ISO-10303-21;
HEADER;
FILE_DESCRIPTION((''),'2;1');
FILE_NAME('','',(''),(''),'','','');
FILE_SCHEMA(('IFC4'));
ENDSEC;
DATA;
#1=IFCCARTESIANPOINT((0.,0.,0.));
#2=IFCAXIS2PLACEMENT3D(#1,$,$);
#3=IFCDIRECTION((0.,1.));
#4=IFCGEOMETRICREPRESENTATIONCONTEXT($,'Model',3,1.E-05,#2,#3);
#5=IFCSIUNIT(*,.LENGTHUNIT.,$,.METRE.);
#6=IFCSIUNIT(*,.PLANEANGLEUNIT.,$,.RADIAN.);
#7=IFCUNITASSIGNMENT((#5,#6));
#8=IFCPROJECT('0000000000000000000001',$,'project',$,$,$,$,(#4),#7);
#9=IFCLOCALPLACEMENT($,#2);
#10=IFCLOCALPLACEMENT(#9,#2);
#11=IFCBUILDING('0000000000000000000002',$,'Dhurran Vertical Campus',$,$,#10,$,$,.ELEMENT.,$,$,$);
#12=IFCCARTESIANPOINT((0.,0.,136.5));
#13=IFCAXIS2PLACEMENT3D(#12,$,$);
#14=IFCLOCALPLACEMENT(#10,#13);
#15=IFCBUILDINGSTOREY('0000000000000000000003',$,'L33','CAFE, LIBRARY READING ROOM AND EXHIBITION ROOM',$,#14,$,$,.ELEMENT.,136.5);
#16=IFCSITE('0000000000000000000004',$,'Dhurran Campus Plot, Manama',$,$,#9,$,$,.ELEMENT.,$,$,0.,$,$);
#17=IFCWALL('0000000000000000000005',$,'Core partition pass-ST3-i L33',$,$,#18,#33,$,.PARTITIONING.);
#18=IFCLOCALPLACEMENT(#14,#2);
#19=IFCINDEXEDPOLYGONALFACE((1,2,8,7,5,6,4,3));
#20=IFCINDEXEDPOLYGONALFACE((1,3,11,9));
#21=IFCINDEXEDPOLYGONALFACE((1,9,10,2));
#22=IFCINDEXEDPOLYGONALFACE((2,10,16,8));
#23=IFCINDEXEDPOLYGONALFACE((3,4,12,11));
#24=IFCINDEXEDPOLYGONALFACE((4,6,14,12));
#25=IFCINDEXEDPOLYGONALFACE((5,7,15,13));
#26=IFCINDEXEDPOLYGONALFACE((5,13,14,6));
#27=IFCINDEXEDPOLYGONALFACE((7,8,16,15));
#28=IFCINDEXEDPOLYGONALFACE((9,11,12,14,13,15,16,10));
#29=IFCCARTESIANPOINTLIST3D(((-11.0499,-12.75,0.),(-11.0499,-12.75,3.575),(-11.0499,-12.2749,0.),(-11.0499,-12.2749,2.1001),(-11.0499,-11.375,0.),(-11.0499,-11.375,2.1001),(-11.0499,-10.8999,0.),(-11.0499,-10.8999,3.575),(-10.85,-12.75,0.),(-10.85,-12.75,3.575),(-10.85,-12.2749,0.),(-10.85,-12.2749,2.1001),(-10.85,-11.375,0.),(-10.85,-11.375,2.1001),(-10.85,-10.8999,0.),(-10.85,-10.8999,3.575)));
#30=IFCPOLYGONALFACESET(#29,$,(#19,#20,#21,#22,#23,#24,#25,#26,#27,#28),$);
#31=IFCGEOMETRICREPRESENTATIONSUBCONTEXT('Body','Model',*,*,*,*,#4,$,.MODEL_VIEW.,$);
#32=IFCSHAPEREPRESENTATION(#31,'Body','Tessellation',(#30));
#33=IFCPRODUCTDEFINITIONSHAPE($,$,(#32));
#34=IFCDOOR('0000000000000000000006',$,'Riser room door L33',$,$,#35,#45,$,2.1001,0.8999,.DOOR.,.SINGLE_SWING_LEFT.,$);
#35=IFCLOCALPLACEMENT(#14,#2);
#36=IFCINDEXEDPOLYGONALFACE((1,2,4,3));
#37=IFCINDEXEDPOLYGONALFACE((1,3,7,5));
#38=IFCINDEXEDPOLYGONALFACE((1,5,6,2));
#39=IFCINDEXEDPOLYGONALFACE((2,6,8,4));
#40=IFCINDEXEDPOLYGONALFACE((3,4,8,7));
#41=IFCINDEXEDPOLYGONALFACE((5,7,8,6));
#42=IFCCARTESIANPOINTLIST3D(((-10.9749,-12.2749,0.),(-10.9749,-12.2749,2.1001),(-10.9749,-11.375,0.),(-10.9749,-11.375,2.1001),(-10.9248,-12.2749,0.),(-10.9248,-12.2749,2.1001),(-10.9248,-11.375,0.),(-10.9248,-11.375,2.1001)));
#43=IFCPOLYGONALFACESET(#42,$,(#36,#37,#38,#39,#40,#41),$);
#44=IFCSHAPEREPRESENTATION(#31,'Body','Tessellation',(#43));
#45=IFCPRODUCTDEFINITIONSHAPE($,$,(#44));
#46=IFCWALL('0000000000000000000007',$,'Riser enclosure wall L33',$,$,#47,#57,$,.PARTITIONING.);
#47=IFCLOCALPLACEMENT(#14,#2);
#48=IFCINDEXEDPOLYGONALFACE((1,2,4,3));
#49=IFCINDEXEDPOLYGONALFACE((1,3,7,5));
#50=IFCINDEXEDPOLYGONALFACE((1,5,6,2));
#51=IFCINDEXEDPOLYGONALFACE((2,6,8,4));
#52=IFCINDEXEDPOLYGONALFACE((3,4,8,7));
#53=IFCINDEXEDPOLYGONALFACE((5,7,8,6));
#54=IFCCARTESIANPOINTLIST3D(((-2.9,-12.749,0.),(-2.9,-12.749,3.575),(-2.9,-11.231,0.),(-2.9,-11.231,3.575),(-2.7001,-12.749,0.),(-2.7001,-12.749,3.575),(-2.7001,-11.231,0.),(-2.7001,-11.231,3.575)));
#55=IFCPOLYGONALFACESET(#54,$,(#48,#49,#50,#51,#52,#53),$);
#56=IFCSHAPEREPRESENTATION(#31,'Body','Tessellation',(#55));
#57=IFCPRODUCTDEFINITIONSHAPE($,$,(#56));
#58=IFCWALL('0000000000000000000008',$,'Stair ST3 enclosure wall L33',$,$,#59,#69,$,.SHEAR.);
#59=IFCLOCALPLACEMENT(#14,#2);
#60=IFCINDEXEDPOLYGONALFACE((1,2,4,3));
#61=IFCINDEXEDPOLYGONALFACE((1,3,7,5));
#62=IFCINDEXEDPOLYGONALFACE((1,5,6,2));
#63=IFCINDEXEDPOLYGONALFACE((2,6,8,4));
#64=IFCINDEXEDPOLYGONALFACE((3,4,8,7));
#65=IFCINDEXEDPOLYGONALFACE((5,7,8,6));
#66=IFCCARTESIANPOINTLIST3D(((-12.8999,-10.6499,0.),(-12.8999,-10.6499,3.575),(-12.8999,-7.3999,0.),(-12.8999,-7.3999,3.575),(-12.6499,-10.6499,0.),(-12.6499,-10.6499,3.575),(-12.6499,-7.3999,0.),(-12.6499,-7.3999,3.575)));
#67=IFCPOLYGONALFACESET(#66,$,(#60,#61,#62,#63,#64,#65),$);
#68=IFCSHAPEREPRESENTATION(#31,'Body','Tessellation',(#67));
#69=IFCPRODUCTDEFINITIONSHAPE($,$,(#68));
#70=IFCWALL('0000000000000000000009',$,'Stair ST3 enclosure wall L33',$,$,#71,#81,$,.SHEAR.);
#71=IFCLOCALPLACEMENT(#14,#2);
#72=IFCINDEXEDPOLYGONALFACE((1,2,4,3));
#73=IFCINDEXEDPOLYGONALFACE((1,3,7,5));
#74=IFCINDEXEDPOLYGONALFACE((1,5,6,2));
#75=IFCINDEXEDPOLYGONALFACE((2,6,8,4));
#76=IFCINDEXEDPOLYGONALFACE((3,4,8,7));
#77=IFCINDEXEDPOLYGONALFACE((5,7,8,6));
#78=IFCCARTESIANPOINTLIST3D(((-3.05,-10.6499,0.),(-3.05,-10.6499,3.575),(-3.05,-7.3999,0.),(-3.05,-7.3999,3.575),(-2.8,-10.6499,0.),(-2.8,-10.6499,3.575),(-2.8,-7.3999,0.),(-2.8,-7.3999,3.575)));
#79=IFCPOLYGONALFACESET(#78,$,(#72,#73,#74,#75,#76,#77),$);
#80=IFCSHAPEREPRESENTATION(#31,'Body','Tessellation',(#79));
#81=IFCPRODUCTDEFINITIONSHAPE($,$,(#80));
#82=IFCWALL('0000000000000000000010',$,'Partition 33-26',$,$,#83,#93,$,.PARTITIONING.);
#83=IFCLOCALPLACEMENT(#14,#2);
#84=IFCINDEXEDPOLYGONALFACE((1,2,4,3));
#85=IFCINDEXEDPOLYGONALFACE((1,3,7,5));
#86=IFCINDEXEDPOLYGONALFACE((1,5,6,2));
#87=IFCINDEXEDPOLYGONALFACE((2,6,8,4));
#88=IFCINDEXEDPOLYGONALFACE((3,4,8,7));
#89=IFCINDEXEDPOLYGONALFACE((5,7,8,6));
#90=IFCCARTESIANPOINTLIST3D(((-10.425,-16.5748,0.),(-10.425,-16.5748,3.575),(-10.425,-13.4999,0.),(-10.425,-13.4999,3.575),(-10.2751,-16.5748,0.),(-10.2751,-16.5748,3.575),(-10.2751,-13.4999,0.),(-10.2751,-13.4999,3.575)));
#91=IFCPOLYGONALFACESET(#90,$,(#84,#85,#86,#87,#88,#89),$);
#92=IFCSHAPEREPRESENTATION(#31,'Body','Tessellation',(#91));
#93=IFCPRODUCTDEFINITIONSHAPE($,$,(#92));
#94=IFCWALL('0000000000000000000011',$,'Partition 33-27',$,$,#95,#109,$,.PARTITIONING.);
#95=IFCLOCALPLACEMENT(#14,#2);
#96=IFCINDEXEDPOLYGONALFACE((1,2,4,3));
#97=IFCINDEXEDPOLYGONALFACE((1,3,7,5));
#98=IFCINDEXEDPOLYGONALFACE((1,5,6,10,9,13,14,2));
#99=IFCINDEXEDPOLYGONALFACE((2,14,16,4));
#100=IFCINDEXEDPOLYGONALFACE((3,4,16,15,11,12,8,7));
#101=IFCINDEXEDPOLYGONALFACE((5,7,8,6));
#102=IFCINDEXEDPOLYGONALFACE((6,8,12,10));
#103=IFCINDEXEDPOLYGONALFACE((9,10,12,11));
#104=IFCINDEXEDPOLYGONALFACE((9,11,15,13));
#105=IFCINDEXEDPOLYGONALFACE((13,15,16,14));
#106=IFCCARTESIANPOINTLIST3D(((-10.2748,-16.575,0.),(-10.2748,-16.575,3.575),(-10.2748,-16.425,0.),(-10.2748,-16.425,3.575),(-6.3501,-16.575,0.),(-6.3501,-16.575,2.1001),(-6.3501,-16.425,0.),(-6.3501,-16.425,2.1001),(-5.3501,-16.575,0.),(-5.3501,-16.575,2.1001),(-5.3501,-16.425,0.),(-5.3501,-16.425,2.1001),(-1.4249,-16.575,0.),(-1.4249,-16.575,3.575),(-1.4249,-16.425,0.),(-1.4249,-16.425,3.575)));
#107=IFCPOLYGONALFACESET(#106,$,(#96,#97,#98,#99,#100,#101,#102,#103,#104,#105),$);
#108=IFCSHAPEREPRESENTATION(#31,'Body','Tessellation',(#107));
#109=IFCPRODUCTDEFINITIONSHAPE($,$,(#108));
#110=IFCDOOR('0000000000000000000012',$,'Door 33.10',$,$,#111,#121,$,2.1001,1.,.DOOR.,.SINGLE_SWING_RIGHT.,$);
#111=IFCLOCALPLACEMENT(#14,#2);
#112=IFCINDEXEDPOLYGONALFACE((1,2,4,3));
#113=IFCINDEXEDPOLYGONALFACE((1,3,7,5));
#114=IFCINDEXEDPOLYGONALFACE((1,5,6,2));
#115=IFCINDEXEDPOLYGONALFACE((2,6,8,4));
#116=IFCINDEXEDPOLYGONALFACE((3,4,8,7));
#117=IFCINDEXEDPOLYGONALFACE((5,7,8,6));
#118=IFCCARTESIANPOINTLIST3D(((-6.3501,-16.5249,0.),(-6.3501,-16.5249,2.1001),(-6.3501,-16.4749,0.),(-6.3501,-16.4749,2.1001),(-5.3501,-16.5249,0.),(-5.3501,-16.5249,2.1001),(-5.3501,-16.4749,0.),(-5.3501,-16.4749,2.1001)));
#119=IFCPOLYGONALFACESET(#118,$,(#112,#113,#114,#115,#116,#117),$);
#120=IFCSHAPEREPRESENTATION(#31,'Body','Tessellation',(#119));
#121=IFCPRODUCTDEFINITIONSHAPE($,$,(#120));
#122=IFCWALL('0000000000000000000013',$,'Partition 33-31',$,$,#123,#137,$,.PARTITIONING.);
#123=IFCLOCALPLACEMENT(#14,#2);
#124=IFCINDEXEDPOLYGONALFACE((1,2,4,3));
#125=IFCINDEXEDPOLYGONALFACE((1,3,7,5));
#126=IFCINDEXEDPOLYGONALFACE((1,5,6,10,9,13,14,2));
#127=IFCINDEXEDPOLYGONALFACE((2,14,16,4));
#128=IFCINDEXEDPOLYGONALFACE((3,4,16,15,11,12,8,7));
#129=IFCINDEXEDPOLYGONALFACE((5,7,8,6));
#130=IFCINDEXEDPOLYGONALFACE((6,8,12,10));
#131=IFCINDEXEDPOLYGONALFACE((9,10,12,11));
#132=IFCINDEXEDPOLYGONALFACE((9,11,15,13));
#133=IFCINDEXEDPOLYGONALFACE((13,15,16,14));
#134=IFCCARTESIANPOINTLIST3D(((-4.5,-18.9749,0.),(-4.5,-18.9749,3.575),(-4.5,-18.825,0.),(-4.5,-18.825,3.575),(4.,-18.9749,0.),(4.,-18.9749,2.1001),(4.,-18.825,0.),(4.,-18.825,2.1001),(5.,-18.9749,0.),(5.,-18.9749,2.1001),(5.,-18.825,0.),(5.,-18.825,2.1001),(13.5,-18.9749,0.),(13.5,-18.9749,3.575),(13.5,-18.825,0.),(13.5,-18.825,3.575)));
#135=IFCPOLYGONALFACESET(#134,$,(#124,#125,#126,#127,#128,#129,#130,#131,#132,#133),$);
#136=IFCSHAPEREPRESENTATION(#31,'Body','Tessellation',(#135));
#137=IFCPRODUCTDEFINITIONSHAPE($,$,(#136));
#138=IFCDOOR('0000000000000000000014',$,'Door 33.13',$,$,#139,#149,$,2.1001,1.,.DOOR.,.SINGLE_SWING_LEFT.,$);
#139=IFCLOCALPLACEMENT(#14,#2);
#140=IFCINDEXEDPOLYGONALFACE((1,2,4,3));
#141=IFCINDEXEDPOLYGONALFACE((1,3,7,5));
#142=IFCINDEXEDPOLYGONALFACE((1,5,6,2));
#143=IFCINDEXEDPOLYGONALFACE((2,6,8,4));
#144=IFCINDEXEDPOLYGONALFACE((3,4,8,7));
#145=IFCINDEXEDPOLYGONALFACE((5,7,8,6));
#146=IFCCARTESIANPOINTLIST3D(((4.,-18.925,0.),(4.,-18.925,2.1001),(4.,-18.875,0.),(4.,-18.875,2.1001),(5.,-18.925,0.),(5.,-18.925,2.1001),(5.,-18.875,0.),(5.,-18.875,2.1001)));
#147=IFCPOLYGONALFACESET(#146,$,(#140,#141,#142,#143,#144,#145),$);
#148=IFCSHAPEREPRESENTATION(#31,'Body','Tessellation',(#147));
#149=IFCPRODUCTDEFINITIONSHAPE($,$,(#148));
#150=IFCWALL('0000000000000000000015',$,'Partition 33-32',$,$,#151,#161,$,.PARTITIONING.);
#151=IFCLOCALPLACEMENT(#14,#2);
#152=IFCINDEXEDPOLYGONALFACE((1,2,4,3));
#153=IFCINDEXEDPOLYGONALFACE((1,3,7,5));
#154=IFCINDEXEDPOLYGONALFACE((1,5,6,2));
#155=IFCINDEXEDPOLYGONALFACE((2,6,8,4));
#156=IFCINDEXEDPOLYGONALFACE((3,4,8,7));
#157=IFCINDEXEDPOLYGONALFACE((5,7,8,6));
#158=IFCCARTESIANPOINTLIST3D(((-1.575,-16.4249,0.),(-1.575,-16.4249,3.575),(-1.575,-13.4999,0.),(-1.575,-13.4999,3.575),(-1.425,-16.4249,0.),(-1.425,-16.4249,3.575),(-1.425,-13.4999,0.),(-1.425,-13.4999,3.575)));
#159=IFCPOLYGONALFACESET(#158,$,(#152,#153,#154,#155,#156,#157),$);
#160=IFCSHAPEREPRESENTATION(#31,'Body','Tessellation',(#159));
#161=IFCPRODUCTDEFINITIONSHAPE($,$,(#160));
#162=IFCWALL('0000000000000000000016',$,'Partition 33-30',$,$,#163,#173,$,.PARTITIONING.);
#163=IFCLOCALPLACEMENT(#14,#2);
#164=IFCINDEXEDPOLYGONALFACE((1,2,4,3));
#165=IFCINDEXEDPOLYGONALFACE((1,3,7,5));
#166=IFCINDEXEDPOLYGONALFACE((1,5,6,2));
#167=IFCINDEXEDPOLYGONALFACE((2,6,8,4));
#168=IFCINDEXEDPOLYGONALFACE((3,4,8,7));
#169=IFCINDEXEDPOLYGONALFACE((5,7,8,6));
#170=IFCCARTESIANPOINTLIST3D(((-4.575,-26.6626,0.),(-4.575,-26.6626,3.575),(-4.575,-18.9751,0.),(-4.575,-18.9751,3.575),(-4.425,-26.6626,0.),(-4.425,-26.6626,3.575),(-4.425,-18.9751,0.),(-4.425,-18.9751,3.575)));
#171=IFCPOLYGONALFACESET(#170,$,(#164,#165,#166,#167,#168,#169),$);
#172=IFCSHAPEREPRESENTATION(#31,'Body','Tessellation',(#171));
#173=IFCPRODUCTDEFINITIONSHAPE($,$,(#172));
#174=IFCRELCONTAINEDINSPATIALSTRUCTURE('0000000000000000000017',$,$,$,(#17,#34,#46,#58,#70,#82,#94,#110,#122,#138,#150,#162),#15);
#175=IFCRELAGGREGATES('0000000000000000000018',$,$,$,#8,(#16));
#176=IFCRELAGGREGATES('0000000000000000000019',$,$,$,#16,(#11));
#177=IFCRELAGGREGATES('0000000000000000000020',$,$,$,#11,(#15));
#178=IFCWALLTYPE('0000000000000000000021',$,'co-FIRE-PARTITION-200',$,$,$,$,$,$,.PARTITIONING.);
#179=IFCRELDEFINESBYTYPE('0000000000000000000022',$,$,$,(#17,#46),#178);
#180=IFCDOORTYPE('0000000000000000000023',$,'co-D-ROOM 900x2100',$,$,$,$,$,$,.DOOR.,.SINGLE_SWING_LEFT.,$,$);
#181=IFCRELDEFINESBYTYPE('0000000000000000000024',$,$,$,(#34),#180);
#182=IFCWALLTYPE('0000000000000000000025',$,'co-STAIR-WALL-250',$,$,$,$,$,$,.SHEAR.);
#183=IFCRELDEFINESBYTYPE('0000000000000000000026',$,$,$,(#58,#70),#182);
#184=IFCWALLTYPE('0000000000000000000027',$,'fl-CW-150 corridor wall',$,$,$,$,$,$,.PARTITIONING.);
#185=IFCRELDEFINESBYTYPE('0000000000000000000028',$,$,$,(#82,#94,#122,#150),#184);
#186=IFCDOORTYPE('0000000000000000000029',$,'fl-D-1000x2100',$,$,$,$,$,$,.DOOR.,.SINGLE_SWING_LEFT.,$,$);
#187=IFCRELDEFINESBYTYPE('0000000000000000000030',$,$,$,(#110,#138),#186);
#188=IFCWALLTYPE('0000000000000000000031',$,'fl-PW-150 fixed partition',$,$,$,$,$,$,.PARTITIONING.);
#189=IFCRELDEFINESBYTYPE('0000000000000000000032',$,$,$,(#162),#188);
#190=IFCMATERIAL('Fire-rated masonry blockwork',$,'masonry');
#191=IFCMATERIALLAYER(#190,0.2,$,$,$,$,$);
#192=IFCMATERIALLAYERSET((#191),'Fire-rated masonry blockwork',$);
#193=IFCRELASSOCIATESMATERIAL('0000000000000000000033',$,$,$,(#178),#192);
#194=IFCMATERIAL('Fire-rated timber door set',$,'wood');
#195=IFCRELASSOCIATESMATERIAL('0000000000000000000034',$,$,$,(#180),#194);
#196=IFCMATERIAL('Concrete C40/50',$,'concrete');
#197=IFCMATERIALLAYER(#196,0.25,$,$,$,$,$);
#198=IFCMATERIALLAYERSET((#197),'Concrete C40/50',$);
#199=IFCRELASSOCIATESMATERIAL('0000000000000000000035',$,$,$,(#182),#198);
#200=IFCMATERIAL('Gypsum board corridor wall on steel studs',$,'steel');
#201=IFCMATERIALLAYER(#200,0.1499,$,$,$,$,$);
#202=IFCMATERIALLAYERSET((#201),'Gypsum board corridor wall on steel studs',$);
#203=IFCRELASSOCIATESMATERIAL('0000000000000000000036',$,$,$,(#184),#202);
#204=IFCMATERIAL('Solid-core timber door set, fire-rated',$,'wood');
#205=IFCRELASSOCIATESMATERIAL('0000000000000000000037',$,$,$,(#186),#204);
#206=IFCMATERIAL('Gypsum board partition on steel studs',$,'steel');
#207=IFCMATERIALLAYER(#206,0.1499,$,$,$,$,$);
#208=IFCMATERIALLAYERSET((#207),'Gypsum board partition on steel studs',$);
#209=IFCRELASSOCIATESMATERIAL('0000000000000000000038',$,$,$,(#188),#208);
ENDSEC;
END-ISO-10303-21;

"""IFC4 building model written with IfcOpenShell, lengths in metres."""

from ifc_helpers import new_model, si_unit, direction, frame, frame_2d, origin, place, context, subcontext, project, spatial, rectangle, extrude, material, layer, layer_set, type_object, element, fill, save


model = new_model("IFC4")

# Units and contexts
model_context = context("Model", 3, precision=1e-05, world=origin(), true_north=direction((0.0, 1.0)))
body_context = subcontext(model_context, "Body", "Model", "MODEL_VIEW")
ifc_project = project(units=[si_unit("LENGTHUNIT", "METRE"), si_unit("PLANEANGLEUNIT", "RADIAN")], contexts=[model_context])

# Site, building, storey
site_placement = place(None, origin())
site = spatial("IfcSite", under=ifc_project, at=site_placement, Name="Dhurran Campus Plot, Manama", CompositionType="ELEMENT", RefElevation=0.0)
building_placement = place(site_placement, origin())
building = spatial("IfcBuilding", under=site, at=building_placement, Name="Dhurran Vertical Campus", CompositionType="ELEMENT")
storey_placement = place(building_placement, frame((0.0, 0.0, 136.5)))
storey = spatial("IfcBuildingStorey", under=building, at=storey_placement, Name="L33", Description="CAFE, LIBRARY READING ROOM AND EXHIBITION ROOM", CompositionType="ELEMENT", Elevation=136.5)

# Shared definitions
ifc_material_1 = material(Name="Fire-rated masonry blockwork", Category="masonry")
ifc_layer_1 = layer(ifc_material_1, 0.2)
ifc_layer_set_1 = layer_set([ifc_layer_1], Name="Fire-rated masonry blockwork")
wall_type_1 = type_object("IfcWallType", Name="co-FIRE-PARTITION-200", PredefinedType="PARTITIONING", material=ifc_layer_set_1)

# Shared definitions
ifc_material_2 = material(Name="Fire-rated timber door set", Category="wood")
door_type_1 = type_object("IfcDoorType", Name="co-D-ROOM 900x2100", OperationType="SINGLE_SWING_LEFT", PredefinedType="DOOR", material=ifc_material_2)

# Wall, opening, door
wall_1_placement = place(storey_placement, frame((-10.95, -12.75, 0.0), z_axis=(0.0, 0.0, 1.0), x_axis=(0.0, 1.0, 0.0)))
wall_1 = element("IfcWall", 1, at=wall_1_placement, inside=storey, type_object=wall_type_1, Name="Core partition pass-ST3-i L33", PredefinedType="PARTITIONING", context=body_context, shape_type="SweptSolid", body=[
    extrude(rectangle(XDim=1.8501, YDim=0.2, at=frame_2d((0.925, 0.0))), origin(), (0.0, 0.0, 1.0), 3.575),
])
opening_1_placement = place(wall_1_placement, frame((0.4751, 0.0, 0.0)))
opening_1 = element("IfcOpeningElement", 2, at=opening_1_placement, cuts=wall_1, PredefinedType="OPENING", context=body_context, shape_type="SweptSolid", body=[
    extrude(rectangle(XDim=0.8999, YDim=2.1001, at=frame_2d((0.45, 1.05))), frame((0.0, 0.1099, 0.0), z_axis=(0.0, -1.0, 0.0), x_axis=(1.0, 0.0, 0.0)), (0.0, 0.0, 1.0), 0.22),
])
door_1_placement = place(opening_1_placement, origin())
door_1 = element("IfcDoor", 3, at=door_1_placement, inside=storey, type_object=door_type_1, Name="Riser room door L33", OperationType="SINGLE_SWING_LEFT", OverallHeight=2.1001, OverallWidth=0.8999, PredefinedType="DOOR", context=body_context, shape_type="SweptSolid", body=[
    extrude(rectangle(XDim=0.8999, YDim=2.1001, at=frame_2d((0.45, 1.05))), frame((0.0, 0.0249, 0.0), z_axis=(0.0, -1.0, 0.0), x_axis=(1.0, 0.0, 0.0)), (0.0, 0.0, 1.0), 0.05),
])
fill(opening_1, door_1)

# Walls
wall_2_placement = place(storey_placement, frame((-2.8, -12.749, 0.0), z_axis=(0.0, 0.0, 1.0), x_axis=(0.0, 1.0, 0.0)))
element("IfcWall", 4, at=wall_2_placement, inside=storey, type_object=wall_type_1, Name="Riser enclosure wall L33", PredefinedType="PARTITIONING", context=body_context, shape_type="SweptSolid", body=[
    extrude(rectangle(XDim=1.5181, YDim=0.2, at=frame_2d((0.759, 0.0))), origin(), (0.0, 0.0, 1.0), 3.575),
])
ifc_material_3 = material(Name="Concrete C40/50", Category="concrete")
ifc_layer_2 = layer(ifc_material_3, 0.25)
ifc_layer_set_2 = layer_set([ifc_layer_2], Name="Concrete C40/50")
wall_type_2 = type_object("IfcWallType", Name="co-STAIR-WALL-250", PredefinedType="SHEAR", material=ifc_layer_set_2)
for number, where, z_axis, x_axis, name in (
    (5, (-12.7749, -10.6499, 0.0), (0.0, 0.0, 1.0), (0.0, 1.0, 0.0), "Stair ST3 enclosure wall L33"),
    (6, (-2.925, -10.6499, 0.0), (0.0, 0.0, 1.0), (0.0, 1.0, 0.0), "Stair ST3 enclosure wall L33"),
):
    element("IfcWall", number, at=place(storey_placement, frame(where, z_axis=z_axis, x_axis=x_axis)), inside=storey, type_object=wall_type_2, Name=name, PredefinedType="SHEAR", context=body_context, shape_type="SweptSolid", body=[
        extrude(rectangle(XDim=3.25, YDim=0.25, at=frame_2d((1.625, 0.0))), origin(), (0.0, 0.0, 1.0), 3.575),
    ])
ifc_material_4 = material(Name="Gypsum board corridor wall on steel studs", Category="steel")
ifc_layer_3 = layer(ifc_material_4, 0.1499)
ifc_layer_set_3 = layer_set([ifc_layer_3], Name="Gypsum board corridor wall on steel studs")
wall_type_3 = type_object("IfcWallType", Name="fl-CW-150 corridor wall", PredefinedType="PARTITIONING", material=ifc_layer_set_3)
wall_3_placement = place(storey_placement, frame((-10.3501, -16.575, 0.0), z_axis=(0.0, 0.0, 1.0), x_axis=(0.0, 1.0, 0.0)))
element("IfcWall", 7, at=wall_3_placement, inside=storey, type_object=wall_type_3, Name="Partition 33-26", PredefinedType="PARTITIONING", context=body_context, shape_type="SweptSolid", body=[
    extrude(rectangle(XDim=3.075, YDim=0.1499, at=frame_2d((1.5376, 0.0))), origin(), (0.0, 0.0, 1.0), 3.575),
])

# Walls, openings, doors
wall_4_placement = place(storey_placement, frame((-1.425, -16.5, 0.0), z_axis=(0.0, 0.0, 1.0), x_axis=(-1.0, 0.0, 0.0)))
wall_4 = element("IfcWall", 8, at=wall_4_placement, inside=storey, type_object=wall_type_3, Name="Partition 33-27", PredefinedType="PARTITIONING", context=body_context, shape_type="SweptSolid", body=[
    extrude(rectangle(XDim=8.8499, YDim=0.1499, at=frame_2d((4.4248, 0.0))), origin(), (0.0, 0.0, 1.0), 3.575),
])
opening_2_placement = place(wall_4_placement, frame((3.925, 0.0, 0.0)))
opening_2 = element("IfcOpeningElement", 9, at=opening_2_placement, cuts=wall_4, PredefinedType="OPENING", context=body_context, shape_type="SweptSolid", body=[
    extrude(rectangle(XDim=1.0, YDim=2.1001, at=frame_2d((0.5, 1.05))), frame((0.0, 0.085, 0.0), z_axis=(0.0, -1.0, 0.0), x_axis=(1.0, 0.0, 0.0)), (0.0, 0.0, 1.0), 0.1699),
])
ifc_material_5 = material(Name="Solid-core timber door set, fire-rated", Category="wood")
door_type_2 = type_object("IfcDoorType", Name="fl-D-1000x2100", OperationType="SINGLE_SWING_LEFT", PredefinedType="DOOR", material=ifc_material_5)
door_2_placement = place(opening_2_placement, origin())
door_2 = element("IfcDoor", 10, at=door_2_placement, inside=storey, type_object=door_type_2, Name="Door 33.10", OperationType="SINGLE_SWING_RIGHT", OverallHeight=2.1001, OverallWidth=1.0, PredefinedType="DOOR", context=body_context, shape_type="SweptSolid", body=[
    extrude(rectangle(XDim=1.0, YDim=2.1001, at=frame_2d((0.5, 1.05))), frame((0.0, 0.0249, 0.0), z_axis=(0.0, -1.0, 0.0), x_axis=(1.0, 0.0, 0.0)), (0.0, 0.0, 1.0), 0.05),
])
fill(opening_2, door_2)
wall_5_placement = place(storey_placement, frame((-4.5, -18.8999, 0.0), z_axis=(0.0, 0.0, 1.0), x_axis=(1.0, 0.0, 0.0)))
wall_5 = element("IfcWall", 11, at=wall_5_placement, inside=storey, type_object=wall_type_3, Name="Partition 33-31", PredefinedType="PARTITIONING", context=body_context, shape_type="SweptSolid", body=[
    extrude(rectangle(XDim=18.0, YDim=0.1499, at=frame_2d((9.0, 0.0))), origin(), (0.0, 0.0, 1.0), 3.575),
])
opening_3_placement = place(wall_5_placement, frame((8.5, 0.0, 0.0)))
opening_3 = element("IfcOpeningElement", 12, at=opening_3_placement, cuts=wall_5, PredefinedType="OPENING", context=body_context, shape_type="SweptSolid", body=[
    extrude(rectangle(XDim=1.0, YDim=2.1001, at=frame_2d((0.5, 1.05))), frame((0.0, 0.085, 0.0), z_axis=(0.0, -1.0, 0.0), x_axis=(1.0, 0.0, 0.0)), (0.0, 0.0, 1.0), 0.1699),
])
door_3_placement = place(opening_3_placement, origin())
door_3 = element("IfcDoor", 13, at=door_3_placement, inside=storey, type_object=door_type_2, Name="Door 33.13", OperationType="SINGLE_SWING_LEFT", OverallHeight=2.1001, OverallWidth=1.0, PredefinedType="DOOR", context=body_context, shape_type="SweptSolid", body=[
    extrude(rectangle(XDim=1.0, YDim=2.1001, at=frame_2d((0.5, 1.05))), frame((0.0, 0.0249, 0.0), z_axis=(0.0, -1.0, 0.0), x_axis=(1.0, 0.0, 0.0)), (0.0, 0.0, 1.0), 0.05),
])
fill(opening_3, door_3)

# Walls
wall_6_placement = place(storey_placement, frame((-1.5, -13.5, 0.0), z_axis=(0.0, 0.0, 1.0), x_axis=(0.0, -1.0, 0.0)))
element("IfcWall", 14, at=wall_6_placement, inside=storey, type_object=wall_type_3, Name="Partition 33-32", PredefinedType="PARTITIONING", context=body_context, shape_type="SweptSolid", body=[
    extrude(rectangle(XDim=2.925, YDim=0.1499, at=frame_2d((1.4624, 0.0))), origin(), (0.0, 0.0, 1.0), 3.575),
])
ifc_material_6 = material(Name="Gypsum board partition on steel studs", Category="steel")
ifc_layer_4 = layer(ifc_material_6, 0.1499)
ifc_layer_set_4 = layer_set([ifc_layer_4], Name="Gypsum board partition on steel studs")
wall_type_4 = type_object("IfcWallType", Name="fl-PW-150 fixed partition", PredefinedType="PARTITIONING", material=ifc_layer_set_4)
wall_7_placement = place(storey_placement, frame((-4.5, -18.9751, 0.0), z_axis=(0.0, 0.0, 1.0), x_axis=(0.0, -1.0, 0.0)))
element("IfcWall", 15, at=wall_7_placement, inside=storey, type_object=wall_type_4, Name="Partition 33-30", PredefinedType="PARTITIONING", context=body_context, shape_type="SweptSolid", body=[
    extrude(rectangle(XDim=7.6875, YDim=0.1499, at=frame_2d((3.8438, 0.0))), origin(), (0.0, 0.0, 1.0), 3.575),
])

save(model, "model.ifc")
